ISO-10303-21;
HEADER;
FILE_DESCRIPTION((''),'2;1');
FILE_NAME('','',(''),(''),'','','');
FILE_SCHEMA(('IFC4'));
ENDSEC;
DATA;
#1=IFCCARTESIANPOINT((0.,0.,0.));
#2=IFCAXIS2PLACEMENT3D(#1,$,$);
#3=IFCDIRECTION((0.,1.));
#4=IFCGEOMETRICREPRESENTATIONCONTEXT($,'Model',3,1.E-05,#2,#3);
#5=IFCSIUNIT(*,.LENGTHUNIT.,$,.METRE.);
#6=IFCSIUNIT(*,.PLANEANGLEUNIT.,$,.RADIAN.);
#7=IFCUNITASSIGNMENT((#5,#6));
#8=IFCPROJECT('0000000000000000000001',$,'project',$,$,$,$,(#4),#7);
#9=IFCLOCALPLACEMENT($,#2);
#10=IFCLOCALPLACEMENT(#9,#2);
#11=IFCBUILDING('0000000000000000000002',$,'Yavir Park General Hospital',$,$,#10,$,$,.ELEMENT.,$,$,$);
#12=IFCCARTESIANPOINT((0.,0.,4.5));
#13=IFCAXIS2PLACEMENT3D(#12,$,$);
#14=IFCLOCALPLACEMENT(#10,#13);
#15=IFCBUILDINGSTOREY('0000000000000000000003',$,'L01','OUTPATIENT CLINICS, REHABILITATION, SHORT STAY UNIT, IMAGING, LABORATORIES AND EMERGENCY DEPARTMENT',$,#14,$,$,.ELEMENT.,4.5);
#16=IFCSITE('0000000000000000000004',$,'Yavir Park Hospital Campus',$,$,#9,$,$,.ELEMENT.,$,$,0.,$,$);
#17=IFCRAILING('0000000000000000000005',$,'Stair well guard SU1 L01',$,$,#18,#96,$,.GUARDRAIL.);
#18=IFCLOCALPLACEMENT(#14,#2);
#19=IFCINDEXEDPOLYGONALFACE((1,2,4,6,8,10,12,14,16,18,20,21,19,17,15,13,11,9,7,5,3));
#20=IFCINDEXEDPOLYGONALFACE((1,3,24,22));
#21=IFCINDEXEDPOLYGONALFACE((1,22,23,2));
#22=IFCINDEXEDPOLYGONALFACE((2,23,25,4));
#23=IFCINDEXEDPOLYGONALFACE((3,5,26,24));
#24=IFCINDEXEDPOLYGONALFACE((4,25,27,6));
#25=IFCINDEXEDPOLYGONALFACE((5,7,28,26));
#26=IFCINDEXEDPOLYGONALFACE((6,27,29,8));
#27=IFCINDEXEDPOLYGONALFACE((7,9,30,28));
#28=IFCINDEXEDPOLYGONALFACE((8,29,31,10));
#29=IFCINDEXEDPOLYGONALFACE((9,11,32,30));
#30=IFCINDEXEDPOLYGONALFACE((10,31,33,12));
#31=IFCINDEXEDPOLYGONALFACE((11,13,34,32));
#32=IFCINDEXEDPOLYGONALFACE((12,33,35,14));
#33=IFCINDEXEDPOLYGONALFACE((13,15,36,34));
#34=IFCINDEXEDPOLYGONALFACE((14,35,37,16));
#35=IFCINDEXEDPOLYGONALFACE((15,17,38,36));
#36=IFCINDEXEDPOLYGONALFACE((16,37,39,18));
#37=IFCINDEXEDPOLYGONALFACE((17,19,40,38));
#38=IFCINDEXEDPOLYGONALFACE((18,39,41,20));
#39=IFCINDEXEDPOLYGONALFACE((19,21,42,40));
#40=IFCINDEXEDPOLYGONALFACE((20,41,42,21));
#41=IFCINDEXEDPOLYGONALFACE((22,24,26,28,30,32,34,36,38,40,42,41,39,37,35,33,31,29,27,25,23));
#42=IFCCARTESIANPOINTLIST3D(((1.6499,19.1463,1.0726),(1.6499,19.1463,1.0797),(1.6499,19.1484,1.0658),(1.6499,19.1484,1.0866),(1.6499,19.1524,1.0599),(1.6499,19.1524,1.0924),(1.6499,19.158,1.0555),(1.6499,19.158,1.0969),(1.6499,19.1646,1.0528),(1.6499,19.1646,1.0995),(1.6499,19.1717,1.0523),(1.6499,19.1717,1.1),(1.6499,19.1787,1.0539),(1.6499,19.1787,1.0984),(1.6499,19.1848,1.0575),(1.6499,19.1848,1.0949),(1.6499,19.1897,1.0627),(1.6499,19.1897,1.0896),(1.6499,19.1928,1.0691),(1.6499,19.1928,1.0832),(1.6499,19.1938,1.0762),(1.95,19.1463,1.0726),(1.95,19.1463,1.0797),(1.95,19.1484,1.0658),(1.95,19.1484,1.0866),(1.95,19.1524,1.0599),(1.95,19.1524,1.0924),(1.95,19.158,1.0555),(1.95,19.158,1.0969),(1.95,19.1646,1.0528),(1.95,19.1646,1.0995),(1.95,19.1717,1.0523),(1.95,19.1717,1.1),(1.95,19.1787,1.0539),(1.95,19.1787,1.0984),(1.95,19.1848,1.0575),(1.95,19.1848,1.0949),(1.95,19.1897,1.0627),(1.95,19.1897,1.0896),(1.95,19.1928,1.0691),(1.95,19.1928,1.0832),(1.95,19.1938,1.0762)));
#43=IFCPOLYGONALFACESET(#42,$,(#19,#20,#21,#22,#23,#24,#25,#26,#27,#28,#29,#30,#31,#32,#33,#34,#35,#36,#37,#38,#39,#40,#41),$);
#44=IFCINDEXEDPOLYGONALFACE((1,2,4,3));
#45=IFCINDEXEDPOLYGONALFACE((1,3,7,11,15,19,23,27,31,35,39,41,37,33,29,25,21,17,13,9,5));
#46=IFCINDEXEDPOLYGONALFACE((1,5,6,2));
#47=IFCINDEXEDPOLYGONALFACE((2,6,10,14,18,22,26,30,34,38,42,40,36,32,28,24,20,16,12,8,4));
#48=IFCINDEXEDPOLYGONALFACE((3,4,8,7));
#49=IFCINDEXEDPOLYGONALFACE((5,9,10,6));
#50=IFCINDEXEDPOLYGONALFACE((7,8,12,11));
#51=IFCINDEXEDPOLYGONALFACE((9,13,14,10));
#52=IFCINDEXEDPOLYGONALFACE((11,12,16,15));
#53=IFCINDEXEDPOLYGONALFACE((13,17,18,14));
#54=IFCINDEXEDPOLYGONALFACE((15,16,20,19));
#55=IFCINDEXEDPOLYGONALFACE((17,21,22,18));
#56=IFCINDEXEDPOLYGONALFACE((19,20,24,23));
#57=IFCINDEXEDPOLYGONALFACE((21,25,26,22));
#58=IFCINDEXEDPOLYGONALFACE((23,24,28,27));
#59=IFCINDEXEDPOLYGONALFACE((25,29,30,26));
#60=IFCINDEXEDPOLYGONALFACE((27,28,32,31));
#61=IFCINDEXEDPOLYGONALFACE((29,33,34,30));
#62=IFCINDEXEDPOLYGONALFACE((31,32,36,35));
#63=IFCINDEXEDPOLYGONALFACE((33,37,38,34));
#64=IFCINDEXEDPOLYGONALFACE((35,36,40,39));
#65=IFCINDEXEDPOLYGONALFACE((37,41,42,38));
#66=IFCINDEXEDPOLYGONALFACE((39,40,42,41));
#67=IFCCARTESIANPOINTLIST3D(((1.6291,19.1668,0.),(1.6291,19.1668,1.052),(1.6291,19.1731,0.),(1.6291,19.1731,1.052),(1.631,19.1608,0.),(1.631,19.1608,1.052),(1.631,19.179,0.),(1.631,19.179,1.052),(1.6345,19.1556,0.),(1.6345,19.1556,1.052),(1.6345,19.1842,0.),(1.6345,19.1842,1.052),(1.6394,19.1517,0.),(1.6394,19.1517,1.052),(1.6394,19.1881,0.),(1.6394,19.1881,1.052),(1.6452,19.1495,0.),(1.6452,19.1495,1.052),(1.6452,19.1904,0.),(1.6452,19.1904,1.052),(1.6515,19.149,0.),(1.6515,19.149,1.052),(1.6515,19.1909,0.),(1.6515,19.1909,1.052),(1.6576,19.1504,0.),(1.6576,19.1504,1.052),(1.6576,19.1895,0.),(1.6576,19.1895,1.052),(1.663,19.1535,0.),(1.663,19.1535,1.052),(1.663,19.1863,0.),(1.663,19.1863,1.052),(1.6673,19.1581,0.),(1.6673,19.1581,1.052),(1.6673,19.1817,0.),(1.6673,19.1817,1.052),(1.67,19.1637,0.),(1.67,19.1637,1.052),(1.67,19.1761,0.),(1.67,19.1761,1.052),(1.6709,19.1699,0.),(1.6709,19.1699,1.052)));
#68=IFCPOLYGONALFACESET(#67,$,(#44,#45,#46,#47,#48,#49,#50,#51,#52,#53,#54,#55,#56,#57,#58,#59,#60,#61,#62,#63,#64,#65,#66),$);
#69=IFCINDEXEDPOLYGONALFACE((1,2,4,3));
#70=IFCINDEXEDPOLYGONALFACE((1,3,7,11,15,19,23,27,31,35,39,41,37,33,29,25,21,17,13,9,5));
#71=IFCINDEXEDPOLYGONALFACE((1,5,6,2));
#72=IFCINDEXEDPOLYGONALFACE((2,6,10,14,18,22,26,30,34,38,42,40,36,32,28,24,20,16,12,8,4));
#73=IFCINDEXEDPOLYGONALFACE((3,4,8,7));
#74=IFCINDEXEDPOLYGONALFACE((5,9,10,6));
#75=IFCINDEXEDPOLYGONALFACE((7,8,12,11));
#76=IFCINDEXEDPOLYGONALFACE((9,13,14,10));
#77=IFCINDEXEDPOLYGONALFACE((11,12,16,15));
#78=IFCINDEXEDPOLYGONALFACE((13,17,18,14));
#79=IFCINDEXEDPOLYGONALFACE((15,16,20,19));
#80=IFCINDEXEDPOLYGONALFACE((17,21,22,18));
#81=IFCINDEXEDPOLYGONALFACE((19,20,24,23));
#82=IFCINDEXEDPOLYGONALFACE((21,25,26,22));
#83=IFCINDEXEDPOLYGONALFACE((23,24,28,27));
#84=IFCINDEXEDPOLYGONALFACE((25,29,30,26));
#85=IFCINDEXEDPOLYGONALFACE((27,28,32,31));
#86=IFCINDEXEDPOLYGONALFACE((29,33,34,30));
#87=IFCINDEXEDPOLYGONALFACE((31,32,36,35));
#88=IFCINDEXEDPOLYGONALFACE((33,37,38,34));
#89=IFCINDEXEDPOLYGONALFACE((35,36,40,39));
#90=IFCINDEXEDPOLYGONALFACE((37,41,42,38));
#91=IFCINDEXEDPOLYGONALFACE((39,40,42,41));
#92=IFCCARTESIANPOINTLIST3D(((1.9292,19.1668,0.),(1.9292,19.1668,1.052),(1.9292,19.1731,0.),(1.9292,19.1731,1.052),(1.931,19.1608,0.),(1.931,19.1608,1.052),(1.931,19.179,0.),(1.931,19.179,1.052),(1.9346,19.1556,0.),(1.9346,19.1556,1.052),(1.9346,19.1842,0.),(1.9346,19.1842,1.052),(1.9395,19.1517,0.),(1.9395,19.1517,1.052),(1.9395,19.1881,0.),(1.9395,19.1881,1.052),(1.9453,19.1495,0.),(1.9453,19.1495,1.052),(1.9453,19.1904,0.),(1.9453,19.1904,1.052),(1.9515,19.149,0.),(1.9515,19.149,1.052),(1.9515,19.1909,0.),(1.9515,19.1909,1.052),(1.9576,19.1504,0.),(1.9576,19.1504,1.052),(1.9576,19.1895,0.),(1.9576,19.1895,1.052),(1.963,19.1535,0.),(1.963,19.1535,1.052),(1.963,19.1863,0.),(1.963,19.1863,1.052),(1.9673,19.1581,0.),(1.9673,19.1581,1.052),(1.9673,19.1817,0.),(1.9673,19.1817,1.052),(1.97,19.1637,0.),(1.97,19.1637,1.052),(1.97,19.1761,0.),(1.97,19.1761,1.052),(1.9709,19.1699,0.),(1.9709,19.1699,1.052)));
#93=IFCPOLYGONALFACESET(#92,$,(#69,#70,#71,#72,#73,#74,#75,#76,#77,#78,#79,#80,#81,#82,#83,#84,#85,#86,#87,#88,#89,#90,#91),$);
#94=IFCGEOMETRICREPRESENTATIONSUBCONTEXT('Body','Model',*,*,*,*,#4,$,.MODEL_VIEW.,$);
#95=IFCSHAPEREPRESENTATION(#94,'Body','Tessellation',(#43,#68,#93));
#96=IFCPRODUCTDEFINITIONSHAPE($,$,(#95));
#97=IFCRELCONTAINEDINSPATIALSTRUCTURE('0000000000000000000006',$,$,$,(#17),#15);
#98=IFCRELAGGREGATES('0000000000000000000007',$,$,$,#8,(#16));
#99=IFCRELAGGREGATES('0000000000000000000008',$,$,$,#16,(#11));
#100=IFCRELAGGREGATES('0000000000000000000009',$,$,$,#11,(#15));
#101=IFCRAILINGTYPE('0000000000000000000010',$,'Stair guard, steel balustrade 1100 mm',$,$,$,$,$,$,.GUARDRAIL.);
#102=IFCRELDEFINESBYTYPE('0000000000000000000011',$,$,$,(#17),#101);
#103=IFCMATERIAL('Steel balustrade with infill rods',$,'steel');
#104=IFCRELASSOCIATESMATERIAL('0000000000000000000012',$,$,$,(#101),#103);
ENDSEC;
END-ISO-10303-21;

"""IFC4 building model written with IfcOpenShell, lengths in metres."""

from ifc_helpers import new_model, si_unit, direction, frame, origin, origin_2d, place, context, subcontext, project, spatial, circle, extrude, material, type_object, element, save


model = new_model("IFC4")

# Units and contexts
model_context = context("Model", 3, precision=1e-05, world=origin(), true_north=direction((0.0, 1.0)))
body_context = subcontext(model_context, "Body", "Model", "MODEL_VIEW")
ifc_project = project(units=[si_unit("LENGTHUNIT", "METRE"), si_unit("PLANEANGLEUNIT", "RADIAN")], contexts=[model_context])

# Site, building, storey
site_placement = place(None, origin())
site = spatial("IfcSite", under=ifc_project, at=site_placement, Name="Yavir Park Hospital Campus", CompositionType="ELEMENT", RefElevation=0.0)
building_placement = place(site_placement, origin())
building = spatial("IfcBuilding", under=site, at=building_placement, Name="Yavir Park General Hospital", CompositionType="ELEMENT")
storey_placement = place(building_placement, frame((0.0, 0.0, 4.5)))
storey = spatial("IfcBuildingStorey", under=building, at=storey_placement, Name="L01", Description="OUTPATIENT CLINICS, REHABILITATION, SHORT STAY UNIT, IMAGING, LABORATORIES AND EMERGENCY DEPARTMENT", CompositionType="ELEMENT", Elevation=4.5)

# Railing
ifc_material_1 = material(Name="Steel balustrade with infill rods", Category="steel")
railing_type_1 = type_object("IfcRailingType", Name="Stair guard, steel balustrade 1100 mm", PredefinedType="GUARDRAIL", material=ifc_material_1)
railing_placement = place(storey_placement, frame((1.6499, 19.1699, 0.0)))
element("IfcRailing", 1, at=railing_placement, inside=storey, type_object=railing_type_1, Name="Stair well guard SU1 L01", PredefinedType="GUARDRAIL", context=body_context, shape_type="SweptSolid", body=[
    extrude(circle(Radius=0.0239, at=origin_2d()), frame((0.0, 0.0, 1.0762), z_axis=(1.0, 0.0, 0.0), x_axis=(0.0, 1.0, 0.0)), (0.0, 0.0, 1.0), 0.3),
    extrude(circle(Radius=0.021, at=origin_2d()), origin(), (0.0, 0.0, 1.0), 1.052),
    extrude(circle(Radius=0.021, at=origin_2d()), frame((0.3, 0.0, 0.0)), (0.0, 0.0, 1.0), 1.052),
])

save(model, "model.ifc")
